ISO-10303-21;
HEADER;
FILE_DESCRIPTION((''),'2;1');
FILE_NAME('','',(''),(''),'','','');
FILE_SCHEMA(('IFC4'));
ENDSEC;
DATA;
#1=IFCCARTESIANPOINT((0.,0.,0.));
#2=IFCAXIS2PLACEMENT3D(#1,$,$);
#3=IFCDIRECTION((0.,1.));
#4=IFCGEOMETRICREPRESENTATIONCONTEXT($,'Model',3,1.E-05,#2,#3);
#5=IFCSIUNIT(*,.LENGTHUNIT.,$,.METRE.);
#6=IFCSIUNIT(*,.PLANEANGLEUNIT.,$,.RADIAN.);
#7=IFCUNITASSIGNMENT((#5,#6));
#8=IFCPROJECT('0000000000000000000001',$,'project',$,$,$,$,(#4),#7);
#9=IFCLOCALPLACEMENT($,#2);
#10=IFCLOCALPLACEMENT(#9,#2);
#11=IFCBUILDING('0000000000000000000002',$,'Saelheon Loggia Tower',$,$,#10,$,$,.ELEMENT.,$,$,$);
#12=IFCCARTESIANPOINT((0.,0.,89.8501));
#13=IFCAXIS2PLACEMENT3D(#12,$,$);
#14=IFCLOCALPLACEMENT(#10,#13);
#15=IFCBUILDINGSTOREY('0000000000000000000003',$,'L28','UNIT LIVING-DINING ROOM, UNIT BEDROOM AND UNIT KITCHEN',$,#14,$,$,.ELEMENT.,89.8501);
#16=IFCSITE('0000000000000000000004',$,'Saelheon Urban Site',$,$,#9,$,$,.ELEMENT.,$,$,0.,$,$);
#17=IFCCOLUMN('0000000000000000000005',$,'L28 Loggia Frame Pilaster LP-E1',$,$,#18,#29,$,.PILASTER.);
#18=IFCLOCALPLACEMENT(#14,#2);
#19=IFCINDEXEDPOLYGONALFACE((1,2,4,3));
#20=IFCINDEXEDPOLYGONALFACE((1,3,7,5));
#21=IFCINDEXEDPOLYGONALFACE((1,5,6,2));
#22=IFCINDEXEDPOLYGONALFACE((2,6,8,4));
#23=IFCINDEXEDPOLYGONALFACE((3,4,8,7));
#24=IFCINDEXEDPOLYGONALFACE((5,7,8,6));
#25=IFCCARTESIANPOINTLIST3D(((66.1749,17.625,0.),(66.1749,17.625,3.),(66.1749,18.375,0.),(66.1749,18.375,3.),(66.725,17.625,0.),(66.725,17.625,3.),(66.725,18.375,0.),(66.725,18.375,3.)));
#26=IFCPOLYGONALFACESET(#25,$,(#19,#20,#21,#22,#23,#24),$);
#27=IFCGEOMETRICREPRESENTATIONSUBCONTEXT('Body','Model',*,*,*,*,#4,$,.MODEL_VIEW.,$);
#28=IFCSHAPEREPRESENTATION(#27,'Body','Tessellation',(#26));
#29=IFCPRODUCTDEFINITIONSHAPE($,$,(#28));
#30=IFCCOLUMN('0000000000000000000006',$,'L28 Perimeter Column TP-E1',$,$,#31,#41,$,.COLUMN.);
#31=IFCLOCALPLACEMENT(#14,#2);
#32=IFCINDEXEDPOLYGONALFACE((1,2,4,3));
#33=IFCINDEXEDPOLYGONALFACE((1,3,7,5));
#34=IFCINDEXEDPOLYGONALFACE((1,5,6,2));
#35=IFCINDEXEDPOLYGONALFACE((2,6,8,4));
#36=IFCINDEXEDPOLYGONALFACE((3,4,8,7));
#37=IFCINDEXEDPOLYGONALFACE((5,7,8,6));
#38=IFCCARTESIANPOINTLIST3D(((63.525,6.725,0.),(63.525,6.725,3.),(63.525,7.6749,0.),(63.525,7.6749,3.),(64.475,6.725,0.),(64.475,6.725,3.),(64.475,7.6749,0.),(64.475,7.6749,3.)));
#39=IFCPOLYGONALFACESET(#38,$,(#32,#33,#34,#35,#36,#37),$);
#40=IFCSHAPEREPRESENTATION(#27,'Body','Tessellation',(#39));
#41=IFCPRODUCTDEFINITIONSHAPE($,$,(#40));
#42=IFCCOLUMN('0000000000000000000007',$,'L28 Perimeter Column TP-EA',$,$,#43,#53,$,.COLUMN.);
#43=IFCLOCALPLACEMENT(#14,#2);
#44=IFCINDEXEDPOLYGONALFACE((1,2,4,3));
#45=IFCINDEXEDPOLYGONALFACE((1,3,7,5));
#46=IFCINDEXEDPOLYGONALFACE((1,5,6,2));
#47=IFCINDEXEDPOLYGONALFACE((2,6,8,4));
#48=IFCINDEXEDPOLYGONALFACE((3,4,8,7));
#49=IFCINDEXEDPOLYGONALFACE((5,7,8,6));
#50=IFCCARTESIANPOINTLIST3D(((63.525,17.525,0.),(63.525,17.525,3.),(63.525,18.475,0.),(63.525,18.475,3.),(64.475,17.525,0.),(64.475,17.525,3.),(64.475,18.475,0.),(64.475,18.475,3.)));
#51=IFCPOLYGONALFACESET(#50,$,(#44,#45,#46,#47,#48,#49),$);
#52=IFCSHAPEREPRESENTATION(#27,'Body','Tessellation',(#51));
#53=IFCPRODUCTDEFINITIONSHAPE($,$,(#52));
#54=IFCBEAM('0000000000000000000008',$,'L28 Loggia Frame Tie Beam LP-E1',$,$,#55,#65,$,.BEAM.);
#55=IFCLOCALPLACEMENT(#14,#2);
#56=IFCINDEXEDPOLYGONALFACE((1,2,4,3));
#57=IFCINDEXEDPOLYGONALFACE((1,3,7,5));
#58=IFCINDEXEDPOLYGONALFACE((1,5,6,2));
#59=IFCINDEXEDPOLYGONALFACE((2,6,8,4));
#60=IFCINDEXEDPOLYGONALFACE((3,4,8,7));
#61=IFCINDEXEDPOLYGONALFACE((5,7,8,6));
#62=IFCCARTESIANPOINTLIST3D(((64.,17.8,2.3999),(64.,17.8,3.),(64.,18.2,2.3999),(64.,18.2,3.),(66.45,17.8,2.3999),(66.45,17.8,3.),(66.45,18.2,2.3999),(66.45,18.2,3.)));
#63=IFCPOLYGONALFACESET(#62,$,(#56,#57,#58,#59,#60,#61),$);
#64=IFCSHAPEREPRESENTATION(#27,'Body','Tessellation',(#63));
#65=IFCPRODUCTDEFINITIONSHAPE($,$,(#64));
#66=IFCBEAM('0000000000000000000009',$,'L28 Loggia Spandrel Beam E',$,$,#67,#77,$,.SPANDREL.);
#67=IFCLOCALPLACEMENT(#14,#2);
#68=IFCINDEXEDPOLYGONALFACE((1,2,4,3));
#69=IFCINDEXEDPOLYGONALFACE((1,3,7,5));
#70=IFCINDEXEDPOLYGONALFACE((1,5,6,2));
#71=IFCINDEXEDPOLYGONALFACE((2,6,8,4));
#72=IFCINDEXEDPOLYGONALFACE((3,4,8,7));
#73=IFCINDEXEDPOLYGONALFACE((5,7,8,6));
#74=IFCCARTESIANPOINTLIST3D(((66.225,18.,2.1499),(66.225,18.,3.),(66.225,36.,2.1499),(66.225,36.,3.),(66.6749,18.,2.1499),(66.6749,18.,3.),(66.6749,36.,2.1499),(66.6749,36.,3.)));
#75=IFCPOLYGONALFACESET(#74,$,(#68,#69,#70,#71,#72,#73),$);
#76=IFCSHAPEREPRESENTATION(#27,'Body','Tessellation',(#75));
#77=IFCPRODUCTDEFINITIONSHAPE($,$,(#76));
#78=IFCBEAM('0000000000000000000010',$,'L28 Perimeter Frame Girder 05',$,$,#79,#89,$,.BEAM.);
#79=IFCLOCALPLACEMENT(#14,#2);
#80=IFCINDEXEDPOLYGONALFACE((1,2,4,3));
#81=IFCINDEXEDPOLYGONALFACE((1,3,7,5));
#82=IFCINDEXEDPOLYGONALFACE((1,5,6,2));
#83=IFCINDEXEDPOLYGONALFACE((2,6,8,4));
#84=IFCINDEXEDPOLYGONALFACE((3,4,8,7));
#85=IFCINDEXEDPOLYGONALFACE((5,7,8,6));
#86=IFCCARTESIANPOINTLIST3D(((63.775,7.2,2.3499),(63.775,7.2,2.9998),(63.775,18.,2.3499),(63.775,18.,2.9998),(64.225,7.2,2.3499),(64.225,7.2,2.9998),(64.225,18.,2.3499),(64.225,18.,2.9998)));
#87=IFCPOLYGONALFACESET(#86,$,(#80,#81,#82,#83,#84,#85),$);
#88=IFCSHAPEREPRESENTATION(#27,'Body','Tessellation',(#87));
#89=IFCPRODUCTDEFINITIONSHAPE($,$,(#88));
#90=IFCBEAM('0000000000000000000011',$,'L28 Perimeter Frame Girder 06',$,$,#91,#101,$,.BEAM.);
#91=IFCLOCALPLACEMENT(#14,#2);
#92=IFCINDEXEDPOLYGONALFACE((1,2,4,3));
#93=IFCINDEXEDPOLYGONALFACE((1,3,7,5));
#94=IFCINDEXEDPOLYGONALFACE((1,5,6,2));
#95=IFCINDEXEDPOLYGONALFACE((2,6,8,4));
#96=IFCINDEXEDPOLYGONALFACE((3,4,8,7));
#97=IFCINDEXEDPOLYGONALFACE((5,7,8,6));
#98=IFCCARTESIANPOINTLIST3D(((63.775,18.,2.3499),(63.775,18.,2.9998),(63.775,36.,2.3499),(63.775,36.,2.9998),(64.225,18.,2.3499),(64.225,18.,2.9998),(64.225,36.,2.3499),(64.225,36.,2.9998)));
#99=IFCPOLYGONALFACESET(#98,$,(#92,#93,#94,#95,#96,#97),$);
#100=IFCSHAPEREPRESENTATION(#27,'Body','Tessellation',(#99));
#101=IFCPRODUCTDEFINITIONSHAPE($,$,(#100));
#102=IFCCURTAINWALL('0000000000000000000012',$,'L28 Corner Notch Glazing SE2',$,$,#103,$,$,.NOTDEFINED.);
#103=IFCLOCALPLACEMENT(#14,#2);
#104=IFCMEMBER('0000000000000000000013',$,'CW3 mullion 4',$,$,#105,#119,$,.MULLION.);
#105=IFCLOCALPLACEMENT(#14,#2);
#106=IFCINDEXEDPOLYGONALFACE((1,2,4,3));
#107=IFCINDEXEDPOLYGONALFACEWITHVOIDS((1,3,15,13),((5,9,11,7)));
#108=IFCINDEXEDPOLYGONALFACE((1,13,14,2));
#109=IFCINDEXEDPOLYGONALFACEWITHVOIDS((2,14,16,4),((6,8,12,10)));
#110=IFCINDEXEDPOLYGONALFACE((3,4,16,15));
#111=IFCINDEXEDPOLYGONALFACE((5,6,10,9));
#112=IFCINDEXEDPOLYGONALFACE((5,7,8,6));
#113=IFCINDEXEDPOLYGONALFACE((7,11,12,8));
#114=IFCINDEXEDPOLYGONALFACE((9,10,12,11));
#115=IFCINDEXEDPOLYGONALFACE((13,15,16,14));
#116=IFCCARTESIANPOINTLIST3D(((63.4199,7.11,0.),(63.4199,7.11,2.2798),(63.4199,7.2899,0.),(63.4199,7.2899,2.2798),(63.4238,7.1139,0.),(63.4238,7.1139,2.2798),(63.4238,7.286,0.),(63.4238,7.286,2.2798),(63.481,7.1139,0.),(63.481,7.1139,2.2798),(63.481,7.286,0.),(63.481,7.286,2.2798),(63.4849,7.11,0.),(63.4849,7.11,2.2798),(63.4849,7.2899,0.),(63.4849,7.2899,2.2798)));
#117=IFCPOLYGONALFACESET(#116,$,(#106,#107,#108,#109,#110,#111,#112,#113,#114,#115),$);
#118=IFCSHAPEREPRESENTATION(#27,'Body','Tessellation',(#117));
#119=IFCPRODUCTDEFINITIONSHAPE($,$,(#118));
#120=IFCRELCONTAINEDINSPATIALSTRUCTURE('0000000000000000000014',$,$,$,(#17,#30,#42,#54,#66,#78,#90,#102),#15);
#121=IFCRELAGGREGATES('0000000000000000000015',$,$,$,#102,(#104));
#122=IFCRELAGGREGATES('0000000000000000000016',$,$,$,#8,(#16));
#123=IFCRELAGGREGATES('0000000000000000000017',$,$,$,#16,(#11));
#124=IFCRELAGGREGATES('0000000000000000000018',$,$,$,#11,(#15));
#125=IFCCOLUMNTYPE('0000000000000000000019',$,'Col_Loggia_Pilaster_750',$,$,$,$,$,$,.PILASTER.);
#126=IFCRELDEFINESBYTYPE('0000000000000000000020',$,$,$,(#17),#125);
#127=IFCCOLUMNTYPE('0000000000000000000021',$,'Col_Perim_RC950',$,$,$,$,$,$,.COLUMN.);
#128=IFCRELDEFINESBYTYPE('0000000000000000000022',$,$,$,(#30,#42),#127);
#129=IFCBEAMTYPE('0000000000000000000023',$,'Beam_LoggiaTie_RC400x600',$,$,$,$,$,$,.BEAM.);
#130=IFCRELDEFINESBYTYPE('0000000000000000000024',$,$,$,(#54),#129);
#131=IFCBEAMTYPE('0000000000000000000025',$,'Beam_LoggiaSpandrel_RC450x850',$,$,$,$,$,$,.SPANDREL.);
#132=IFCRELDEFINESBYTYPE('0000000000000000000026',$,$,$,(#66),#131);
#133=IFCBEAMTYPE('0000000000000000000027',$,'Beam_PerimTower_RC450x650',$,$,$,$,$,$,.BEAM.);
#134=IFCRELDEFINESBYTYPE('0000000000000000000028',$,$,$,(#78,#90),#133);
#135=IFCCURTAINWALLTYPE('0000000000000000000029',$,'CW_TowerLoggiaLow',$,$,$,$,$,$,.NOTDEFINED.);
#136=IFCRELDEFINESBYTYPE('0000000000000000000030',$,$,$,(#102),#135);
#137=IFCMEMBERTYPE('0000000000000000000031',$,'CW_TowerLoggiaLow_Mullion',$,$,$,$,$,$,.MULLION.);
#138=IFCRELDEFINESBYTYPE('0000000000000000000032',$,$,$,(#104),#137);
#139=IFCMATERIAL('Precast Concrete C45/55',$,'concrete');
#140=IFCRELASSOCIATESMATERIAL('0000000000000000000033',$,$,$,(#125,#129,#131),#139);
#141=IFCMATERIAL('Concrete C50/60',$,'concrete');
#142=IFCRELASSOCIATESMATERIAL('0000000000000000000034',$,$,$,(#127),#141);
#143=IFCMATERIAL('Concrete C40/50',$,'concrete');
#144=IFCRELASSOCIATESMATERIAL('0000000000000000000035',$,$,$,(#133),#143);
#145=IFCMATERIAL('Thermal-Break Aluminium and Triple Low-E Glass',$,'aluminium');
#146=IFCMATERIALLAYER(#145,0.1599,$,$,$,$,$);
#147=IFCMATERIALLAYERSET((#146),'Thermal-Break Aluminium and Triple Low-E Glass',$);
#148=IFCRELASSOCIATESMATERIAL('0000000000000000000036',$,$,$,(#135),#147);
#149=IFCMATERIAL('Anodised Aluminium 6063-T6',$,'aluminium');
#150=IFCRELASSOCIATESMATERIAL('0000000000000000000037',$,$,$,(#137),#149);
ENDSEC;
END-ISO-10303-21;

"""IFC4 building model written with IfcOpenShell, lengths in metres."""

from ifc_helpers import new_model, si_unit, direction, frame, origin, origin_2d, place, context, subcontext, project, spatial, rectangle, hollow_rectangle, extrude, source, transform, mapped, material, layer, layer_set, material_profile, profile_set, type_object, element, aggregate, save


model = new_model("IFC4")

# Units and contexts
model_context = context("Model", 3, precision=1e-05, world=origin(), true_north=direction((0.0, 1.0)))
body_context = subcontext(model_context, "Body", "Model", "MODEL_VIEW")
ifc_project = project(units=[si_unit("LENGTHUNIT", "METRE"), si_unit("PLANEANGLEUNIT", "RADIAN")], contexts=[model_context])

# Site, building, storey
site_placement = place(None, origin())
site = spatial("IfcSite", under=ifc_project, at=site_placement, Name="Saelheon Urban Site", CompositionType="ELEMENT", RefElevation=0.0)
building_placement = place(site_placement, origin())
building = spatial("IfcBuilding", under=site, at=building_placement, Name="Saelheon Loggia Tower", CompositionType="ELEMENT")
storey_placement = place(building_placement, frame((0.0, 0.0, 89.8501)))
storey = spatial("IfcBuildingStorey", under=building, at=storey_placement, Name="L28", Description="UNIT LIVING-DINING ROOM, UNIT BEDROOM AND UNIT KITCHEN", CompositionType="ELEMENT", Elevation=89.8501)

# Columns
ifc_material_1 = material(Name="Precast Concrete C45/55", Category="concrete")
ifc_material_profile_1 = material_profile(ifc_material_1, rectangle(XDim=0.55, YDim=0.75, at=origin_2d()), Name="RC-550x750")
ifc_profile_set_1 = profile_set([ifc_material_profile_1], Name="Precast Concrete C45/55")
column_type_1 = type_object("IfcColumnType", Name="Col_Loggia_Pilaster_750", PredefinedType="PILASTER", material=ifc_profile_set_1)
shared_shape_1 = source(origin(), body_context, "Body", "SweptSolid", [
    extrude(rectangle(XDim=0.55, YDim=0.75, at=origin_2d()), origin(), (0.0, 0.0, 1.0), 3.0),
])
column_placement = place(storey_placement, frame((66.45, 18.0, 0.0), z_axis=(0.0, 0.0, 1.0), x_axis=(1.0, 0.0, 0.0)))
element("IfcColumn", 1, at=column_placement, inside=storey, type_object=column_type_1, Name="L28 Loggia Frame Pilaster LP-E1", PredefinedType="PILASTER", context=body_context, shape_type="MappedRepresentation", body=[
    mapped(shared_shape_1, transform((0.0, 0.0, 0.0), scale=1.0)),
])
ifc_material_2 = material(Name="Concrete C50/60", Category="concrete")
ifc_material_profile_2 = material_profile(ifc_material_2, rectangle(XDim=0.95, YDim=0.95, at=origin_2d()), Name="RC-950x950")
ifc_profile_set_2 = profile_set([ifc_material_profile_2], Name="Concrete C50/60")
column_type_2 = type_object("IfcColumnType", Name="Col_Perim_RC950", PredefinedType="COLUMN", material=ifc_profile_set_2)
shared_shape_2 = source(origin(), body_context, "Body", "SweptSolid", [
    extrude(rectangle(XDim=0.95, YDim=0.95, at=origin_2d()), origin(), (0.0, 0.0, 1.0), 3.0),
])
for number, where, z_axis, x_axis, name in (
    (2, (64.0, 7.2, 0.0), (0.0, 0.0, 1.0), (1.0, 0.0, 0.0), "L28 Perimeter Column TP-E1"),
    (3, (64.0, 18.0, 0.0), (0.0, 0.0, 1.0), (1.0, 0.0, 0.0), "L28 Perimeter Column TP-EA"),
):
    element("IfcColumn", number, at=place(storey_placement, frame(where, z_axis=z_axis, x_axis=x_axis)), inside=storey, type_object=column_type_2, Name=name, PredefinedType="COLUMN", context=body_context, shape_type="MappedRepresentation", body=[
        mapped(shared_shape_2, transform((0.0, 0.0, 0.0), scale=1.0)),
    ])

# Beams
ifc_material_profile_3 = material_profile(ifc_material_1, rectangle(XDim=0.3999, YDim=0.6001, at=origin_2d()), Name="RC-400x600")
ifc_profile_set_3 = profile_set([ifc_material_profile_3], Name="Precast Concrete C45/55")
beam_type_1 = type_object("IfcBeamType", Name="Beam_LoggiaTie_RC400x600", PredefinedType="BEAM", material=ifc_profile_set_3)
shared_shape_3 = source(origin(), body_context, "Body", "SweptSolid", [
    extrude(rectangle(XDim=0.3999, YDim=0.6001, at=origin_2d()), origin(), (0.0, 0.0, 1.0), 2.45),
])
beam_1_placement = place(storey_placement, frame((64.0, 18.0, 2.7), z_axis=(1.0, 0.0, 0.0), x_axis=(0.0, 1.0, 0.0)))
element("IfcBeam", 4, at=beam_1_placement, inside=storey, type_object=beam_type_1, Name="L28 Loggia Frame Tie Beam LP-E1", PredefinedType="BEAM", context=body_context, shape_type="MappedRepresentation", body=[
    mapped(shared_shape_3, transform((0.0, 0.0, 0.0), scale=1.0)),
])
ifc_material_profile_4 = material_profile(ifc_material_1, rectangle(XDim=0.45, YDim=0.8501, at=origin_2d()), Name="RC-450x850")
ifc_profile_set_4 = profile_set([ifc_material_profile_4], Name="Precast Concrete C45/55")
beam_type_2 = type_object("IfcBeamType", Name="Beam_LoggiaSpandrel_RC450x850", PredefinedType="SPANDREL", material=ifc_profile_set_4)
shared_shape_4 = source(origin(), body_context, "Body", "SweptSolid", [
    extrude(rectangle(XDim=0.45, YDim=0.8501, at=origin_2d()), origin(), (0.0, 0.0, 1.0), 18.0),
])
beam_2_placement = place(storey_placement, frame((66.45, 18.0, 2.575), z_axis=(0.0, 1.0, 0.0), x_axis=(-1.0, 0.0, 0.0)))
element("IfcBeam", 5, at=beam_2_placement, inside=storey, type_object=beam_type_2, Name="L28 Loggia Spandrel Beam E", PredefinedType="SPANDREL", context=body_context, shape_type="MappedRepresentation", body=[
    mapped(shared_shape_4, transform((0.0, 0.0, 0.0), scale=1.0)),
])
ifc_material_3 = material(Name="Concrete C40/50", Category="concrete")
ifc_material_profile_5 = material_profile(ifc_material_3, rectangle(XDim=0.45, YDim=0.6499, at=origin_2d()), Name="RC-450x650")
ifc_profile_set_5 = profile_set([ifc_material_profile_5], Name="Concrete C40/50")
beam_type_3 = type_object("IfcBeamType", Name="Beam_PerimTower_RC450x650", PredefinedType="BEAM", material=ifc_profile_set_5)
shared_shape_5 = source(origin(), body_context, "Body", "SweptSolid", [
    extrude(rectangle(XDim=0.45, YDim=0.6499, at=origin_2d()), origin(), (0.0, 0.0, 1.0), 10.8),
])
beam_3_placement = place(storey_placement, frame((64.0, 7.2, 2.6748), z_axis=(0.0, 1.0, 0.0), x_axis=(-1.0, 0.0, 0.0)))
element("IfcBeam", 6, at=beam_3_placement, inside=storey, type_object=beam_type_3, Name="L28 Perimeter Frame Girder 05", PredefinedType="BEAM", context=body_context, shape_type="MappedRepresentation", body=[
    mapped(shared_shape_5, transform((0.0, 0.0, 0.0), scale=1.0)),
])
shared_shape_6 = source(origin(), body_context, "Body", "SweptSolid", [
    extrude(rectangle(XDim=0.45, YDim=0.6499, at=origin_2d()), origin(), (0.0, 0.0, 1.0), 18.0),
])
beam_4_placement = place(storey_placement, frame((64.0, 18.0, 2.6748), z_axis=(0.0, 1.0, 0.0), x_axis=(-1.0, 0.0, 0.0)))
element("IfcBeam", 7, at=beam_4_placement, inside=storey, type_object=beam_type_3, Name="L28 Perimeter Frame Girder 06", PredefinedType="BEAM", context=body_context, shape_type="MappedRepresentation", body=[
    mapped(shared_shape_6, transform((0.0, 0.0, 0.0), scale=1.0)),
])

# Curtain wall, member
ifc_material_4 = material(Name="Thermal-Break Aluminium and Triple Low-E Glass", Category="aluminium")
ifc_layer_1 = layer(ifc_material_4, 0.1599)
ifc_layer_set_1 = layer_set([ifc_layer_1], Name="Thermal-Break Aluminium and Triple Low-E Glass")
curtain_wall_type = type_object("IfcCurtainWallType", Name="CW_TowerLoggiaLow", PredefinedType="NOTDEFINED", material=ifc_layer_set_1)
curtain_wall_placement = place(storey_placement, origin())
curtain_wall = element("IfcCurtainWall", 8, at=curtain_wall_placement, inside=storey, type_object=curtain_wall_type, Name="L28 Corner Notch Glazing SE2", PredefinedType="NOTDEFINED")
ifc_material_5 = material(Name="Anodised Aluminium 6063-T6", Category="aluminium")
ifc_material_profile_6 = material_profile(ifc_material_5, hollow_rectangle(XDim=0.0649, YDim=0.1799, WallThickness=0.0039, at=origin_2d()), Name="RHS-180x65x4")
ifc_profile_set_6 = profile_set([ifc_material_profile_6], Name="Anodised Aluminium 6063-T6")
member_type = type_object("IfcMemberType", Name="CW_TowerLoggiaLow_Mullion", PredefinedType="MULLION", material=ifc_profile_set_6)
shared_shape_7 = source(origin(), body_context, "Body", "SweptSolid", [
    extrude(hollow_rectangle(XDim=0.0649, YDim=0.1799, WallThickness=0.0039, at=origin_2d()), origin(), (0.0, 0.0, 1.0), 2.2798),
])
member_placement = place(storey_placement, frame((63.4524, 7.2, 0.0), z_axis=(0.0, 0.0, 1.0), x_axis=(1.0, 0.0, 0.0)))
member = element("IfcMember", 9, at=member_placement, type_object=member_type, Name="CW3 mullion 4", PredefinedType="MULLION", context=body_context, shape_type="MappedRepresentation", body=[
    mapped(shared_shape_7, transform((0.0, 0.0, 0.0), scale=1.0)),
])
aggregate(curtain_wall, [member])

save(model, "model.ifc")
